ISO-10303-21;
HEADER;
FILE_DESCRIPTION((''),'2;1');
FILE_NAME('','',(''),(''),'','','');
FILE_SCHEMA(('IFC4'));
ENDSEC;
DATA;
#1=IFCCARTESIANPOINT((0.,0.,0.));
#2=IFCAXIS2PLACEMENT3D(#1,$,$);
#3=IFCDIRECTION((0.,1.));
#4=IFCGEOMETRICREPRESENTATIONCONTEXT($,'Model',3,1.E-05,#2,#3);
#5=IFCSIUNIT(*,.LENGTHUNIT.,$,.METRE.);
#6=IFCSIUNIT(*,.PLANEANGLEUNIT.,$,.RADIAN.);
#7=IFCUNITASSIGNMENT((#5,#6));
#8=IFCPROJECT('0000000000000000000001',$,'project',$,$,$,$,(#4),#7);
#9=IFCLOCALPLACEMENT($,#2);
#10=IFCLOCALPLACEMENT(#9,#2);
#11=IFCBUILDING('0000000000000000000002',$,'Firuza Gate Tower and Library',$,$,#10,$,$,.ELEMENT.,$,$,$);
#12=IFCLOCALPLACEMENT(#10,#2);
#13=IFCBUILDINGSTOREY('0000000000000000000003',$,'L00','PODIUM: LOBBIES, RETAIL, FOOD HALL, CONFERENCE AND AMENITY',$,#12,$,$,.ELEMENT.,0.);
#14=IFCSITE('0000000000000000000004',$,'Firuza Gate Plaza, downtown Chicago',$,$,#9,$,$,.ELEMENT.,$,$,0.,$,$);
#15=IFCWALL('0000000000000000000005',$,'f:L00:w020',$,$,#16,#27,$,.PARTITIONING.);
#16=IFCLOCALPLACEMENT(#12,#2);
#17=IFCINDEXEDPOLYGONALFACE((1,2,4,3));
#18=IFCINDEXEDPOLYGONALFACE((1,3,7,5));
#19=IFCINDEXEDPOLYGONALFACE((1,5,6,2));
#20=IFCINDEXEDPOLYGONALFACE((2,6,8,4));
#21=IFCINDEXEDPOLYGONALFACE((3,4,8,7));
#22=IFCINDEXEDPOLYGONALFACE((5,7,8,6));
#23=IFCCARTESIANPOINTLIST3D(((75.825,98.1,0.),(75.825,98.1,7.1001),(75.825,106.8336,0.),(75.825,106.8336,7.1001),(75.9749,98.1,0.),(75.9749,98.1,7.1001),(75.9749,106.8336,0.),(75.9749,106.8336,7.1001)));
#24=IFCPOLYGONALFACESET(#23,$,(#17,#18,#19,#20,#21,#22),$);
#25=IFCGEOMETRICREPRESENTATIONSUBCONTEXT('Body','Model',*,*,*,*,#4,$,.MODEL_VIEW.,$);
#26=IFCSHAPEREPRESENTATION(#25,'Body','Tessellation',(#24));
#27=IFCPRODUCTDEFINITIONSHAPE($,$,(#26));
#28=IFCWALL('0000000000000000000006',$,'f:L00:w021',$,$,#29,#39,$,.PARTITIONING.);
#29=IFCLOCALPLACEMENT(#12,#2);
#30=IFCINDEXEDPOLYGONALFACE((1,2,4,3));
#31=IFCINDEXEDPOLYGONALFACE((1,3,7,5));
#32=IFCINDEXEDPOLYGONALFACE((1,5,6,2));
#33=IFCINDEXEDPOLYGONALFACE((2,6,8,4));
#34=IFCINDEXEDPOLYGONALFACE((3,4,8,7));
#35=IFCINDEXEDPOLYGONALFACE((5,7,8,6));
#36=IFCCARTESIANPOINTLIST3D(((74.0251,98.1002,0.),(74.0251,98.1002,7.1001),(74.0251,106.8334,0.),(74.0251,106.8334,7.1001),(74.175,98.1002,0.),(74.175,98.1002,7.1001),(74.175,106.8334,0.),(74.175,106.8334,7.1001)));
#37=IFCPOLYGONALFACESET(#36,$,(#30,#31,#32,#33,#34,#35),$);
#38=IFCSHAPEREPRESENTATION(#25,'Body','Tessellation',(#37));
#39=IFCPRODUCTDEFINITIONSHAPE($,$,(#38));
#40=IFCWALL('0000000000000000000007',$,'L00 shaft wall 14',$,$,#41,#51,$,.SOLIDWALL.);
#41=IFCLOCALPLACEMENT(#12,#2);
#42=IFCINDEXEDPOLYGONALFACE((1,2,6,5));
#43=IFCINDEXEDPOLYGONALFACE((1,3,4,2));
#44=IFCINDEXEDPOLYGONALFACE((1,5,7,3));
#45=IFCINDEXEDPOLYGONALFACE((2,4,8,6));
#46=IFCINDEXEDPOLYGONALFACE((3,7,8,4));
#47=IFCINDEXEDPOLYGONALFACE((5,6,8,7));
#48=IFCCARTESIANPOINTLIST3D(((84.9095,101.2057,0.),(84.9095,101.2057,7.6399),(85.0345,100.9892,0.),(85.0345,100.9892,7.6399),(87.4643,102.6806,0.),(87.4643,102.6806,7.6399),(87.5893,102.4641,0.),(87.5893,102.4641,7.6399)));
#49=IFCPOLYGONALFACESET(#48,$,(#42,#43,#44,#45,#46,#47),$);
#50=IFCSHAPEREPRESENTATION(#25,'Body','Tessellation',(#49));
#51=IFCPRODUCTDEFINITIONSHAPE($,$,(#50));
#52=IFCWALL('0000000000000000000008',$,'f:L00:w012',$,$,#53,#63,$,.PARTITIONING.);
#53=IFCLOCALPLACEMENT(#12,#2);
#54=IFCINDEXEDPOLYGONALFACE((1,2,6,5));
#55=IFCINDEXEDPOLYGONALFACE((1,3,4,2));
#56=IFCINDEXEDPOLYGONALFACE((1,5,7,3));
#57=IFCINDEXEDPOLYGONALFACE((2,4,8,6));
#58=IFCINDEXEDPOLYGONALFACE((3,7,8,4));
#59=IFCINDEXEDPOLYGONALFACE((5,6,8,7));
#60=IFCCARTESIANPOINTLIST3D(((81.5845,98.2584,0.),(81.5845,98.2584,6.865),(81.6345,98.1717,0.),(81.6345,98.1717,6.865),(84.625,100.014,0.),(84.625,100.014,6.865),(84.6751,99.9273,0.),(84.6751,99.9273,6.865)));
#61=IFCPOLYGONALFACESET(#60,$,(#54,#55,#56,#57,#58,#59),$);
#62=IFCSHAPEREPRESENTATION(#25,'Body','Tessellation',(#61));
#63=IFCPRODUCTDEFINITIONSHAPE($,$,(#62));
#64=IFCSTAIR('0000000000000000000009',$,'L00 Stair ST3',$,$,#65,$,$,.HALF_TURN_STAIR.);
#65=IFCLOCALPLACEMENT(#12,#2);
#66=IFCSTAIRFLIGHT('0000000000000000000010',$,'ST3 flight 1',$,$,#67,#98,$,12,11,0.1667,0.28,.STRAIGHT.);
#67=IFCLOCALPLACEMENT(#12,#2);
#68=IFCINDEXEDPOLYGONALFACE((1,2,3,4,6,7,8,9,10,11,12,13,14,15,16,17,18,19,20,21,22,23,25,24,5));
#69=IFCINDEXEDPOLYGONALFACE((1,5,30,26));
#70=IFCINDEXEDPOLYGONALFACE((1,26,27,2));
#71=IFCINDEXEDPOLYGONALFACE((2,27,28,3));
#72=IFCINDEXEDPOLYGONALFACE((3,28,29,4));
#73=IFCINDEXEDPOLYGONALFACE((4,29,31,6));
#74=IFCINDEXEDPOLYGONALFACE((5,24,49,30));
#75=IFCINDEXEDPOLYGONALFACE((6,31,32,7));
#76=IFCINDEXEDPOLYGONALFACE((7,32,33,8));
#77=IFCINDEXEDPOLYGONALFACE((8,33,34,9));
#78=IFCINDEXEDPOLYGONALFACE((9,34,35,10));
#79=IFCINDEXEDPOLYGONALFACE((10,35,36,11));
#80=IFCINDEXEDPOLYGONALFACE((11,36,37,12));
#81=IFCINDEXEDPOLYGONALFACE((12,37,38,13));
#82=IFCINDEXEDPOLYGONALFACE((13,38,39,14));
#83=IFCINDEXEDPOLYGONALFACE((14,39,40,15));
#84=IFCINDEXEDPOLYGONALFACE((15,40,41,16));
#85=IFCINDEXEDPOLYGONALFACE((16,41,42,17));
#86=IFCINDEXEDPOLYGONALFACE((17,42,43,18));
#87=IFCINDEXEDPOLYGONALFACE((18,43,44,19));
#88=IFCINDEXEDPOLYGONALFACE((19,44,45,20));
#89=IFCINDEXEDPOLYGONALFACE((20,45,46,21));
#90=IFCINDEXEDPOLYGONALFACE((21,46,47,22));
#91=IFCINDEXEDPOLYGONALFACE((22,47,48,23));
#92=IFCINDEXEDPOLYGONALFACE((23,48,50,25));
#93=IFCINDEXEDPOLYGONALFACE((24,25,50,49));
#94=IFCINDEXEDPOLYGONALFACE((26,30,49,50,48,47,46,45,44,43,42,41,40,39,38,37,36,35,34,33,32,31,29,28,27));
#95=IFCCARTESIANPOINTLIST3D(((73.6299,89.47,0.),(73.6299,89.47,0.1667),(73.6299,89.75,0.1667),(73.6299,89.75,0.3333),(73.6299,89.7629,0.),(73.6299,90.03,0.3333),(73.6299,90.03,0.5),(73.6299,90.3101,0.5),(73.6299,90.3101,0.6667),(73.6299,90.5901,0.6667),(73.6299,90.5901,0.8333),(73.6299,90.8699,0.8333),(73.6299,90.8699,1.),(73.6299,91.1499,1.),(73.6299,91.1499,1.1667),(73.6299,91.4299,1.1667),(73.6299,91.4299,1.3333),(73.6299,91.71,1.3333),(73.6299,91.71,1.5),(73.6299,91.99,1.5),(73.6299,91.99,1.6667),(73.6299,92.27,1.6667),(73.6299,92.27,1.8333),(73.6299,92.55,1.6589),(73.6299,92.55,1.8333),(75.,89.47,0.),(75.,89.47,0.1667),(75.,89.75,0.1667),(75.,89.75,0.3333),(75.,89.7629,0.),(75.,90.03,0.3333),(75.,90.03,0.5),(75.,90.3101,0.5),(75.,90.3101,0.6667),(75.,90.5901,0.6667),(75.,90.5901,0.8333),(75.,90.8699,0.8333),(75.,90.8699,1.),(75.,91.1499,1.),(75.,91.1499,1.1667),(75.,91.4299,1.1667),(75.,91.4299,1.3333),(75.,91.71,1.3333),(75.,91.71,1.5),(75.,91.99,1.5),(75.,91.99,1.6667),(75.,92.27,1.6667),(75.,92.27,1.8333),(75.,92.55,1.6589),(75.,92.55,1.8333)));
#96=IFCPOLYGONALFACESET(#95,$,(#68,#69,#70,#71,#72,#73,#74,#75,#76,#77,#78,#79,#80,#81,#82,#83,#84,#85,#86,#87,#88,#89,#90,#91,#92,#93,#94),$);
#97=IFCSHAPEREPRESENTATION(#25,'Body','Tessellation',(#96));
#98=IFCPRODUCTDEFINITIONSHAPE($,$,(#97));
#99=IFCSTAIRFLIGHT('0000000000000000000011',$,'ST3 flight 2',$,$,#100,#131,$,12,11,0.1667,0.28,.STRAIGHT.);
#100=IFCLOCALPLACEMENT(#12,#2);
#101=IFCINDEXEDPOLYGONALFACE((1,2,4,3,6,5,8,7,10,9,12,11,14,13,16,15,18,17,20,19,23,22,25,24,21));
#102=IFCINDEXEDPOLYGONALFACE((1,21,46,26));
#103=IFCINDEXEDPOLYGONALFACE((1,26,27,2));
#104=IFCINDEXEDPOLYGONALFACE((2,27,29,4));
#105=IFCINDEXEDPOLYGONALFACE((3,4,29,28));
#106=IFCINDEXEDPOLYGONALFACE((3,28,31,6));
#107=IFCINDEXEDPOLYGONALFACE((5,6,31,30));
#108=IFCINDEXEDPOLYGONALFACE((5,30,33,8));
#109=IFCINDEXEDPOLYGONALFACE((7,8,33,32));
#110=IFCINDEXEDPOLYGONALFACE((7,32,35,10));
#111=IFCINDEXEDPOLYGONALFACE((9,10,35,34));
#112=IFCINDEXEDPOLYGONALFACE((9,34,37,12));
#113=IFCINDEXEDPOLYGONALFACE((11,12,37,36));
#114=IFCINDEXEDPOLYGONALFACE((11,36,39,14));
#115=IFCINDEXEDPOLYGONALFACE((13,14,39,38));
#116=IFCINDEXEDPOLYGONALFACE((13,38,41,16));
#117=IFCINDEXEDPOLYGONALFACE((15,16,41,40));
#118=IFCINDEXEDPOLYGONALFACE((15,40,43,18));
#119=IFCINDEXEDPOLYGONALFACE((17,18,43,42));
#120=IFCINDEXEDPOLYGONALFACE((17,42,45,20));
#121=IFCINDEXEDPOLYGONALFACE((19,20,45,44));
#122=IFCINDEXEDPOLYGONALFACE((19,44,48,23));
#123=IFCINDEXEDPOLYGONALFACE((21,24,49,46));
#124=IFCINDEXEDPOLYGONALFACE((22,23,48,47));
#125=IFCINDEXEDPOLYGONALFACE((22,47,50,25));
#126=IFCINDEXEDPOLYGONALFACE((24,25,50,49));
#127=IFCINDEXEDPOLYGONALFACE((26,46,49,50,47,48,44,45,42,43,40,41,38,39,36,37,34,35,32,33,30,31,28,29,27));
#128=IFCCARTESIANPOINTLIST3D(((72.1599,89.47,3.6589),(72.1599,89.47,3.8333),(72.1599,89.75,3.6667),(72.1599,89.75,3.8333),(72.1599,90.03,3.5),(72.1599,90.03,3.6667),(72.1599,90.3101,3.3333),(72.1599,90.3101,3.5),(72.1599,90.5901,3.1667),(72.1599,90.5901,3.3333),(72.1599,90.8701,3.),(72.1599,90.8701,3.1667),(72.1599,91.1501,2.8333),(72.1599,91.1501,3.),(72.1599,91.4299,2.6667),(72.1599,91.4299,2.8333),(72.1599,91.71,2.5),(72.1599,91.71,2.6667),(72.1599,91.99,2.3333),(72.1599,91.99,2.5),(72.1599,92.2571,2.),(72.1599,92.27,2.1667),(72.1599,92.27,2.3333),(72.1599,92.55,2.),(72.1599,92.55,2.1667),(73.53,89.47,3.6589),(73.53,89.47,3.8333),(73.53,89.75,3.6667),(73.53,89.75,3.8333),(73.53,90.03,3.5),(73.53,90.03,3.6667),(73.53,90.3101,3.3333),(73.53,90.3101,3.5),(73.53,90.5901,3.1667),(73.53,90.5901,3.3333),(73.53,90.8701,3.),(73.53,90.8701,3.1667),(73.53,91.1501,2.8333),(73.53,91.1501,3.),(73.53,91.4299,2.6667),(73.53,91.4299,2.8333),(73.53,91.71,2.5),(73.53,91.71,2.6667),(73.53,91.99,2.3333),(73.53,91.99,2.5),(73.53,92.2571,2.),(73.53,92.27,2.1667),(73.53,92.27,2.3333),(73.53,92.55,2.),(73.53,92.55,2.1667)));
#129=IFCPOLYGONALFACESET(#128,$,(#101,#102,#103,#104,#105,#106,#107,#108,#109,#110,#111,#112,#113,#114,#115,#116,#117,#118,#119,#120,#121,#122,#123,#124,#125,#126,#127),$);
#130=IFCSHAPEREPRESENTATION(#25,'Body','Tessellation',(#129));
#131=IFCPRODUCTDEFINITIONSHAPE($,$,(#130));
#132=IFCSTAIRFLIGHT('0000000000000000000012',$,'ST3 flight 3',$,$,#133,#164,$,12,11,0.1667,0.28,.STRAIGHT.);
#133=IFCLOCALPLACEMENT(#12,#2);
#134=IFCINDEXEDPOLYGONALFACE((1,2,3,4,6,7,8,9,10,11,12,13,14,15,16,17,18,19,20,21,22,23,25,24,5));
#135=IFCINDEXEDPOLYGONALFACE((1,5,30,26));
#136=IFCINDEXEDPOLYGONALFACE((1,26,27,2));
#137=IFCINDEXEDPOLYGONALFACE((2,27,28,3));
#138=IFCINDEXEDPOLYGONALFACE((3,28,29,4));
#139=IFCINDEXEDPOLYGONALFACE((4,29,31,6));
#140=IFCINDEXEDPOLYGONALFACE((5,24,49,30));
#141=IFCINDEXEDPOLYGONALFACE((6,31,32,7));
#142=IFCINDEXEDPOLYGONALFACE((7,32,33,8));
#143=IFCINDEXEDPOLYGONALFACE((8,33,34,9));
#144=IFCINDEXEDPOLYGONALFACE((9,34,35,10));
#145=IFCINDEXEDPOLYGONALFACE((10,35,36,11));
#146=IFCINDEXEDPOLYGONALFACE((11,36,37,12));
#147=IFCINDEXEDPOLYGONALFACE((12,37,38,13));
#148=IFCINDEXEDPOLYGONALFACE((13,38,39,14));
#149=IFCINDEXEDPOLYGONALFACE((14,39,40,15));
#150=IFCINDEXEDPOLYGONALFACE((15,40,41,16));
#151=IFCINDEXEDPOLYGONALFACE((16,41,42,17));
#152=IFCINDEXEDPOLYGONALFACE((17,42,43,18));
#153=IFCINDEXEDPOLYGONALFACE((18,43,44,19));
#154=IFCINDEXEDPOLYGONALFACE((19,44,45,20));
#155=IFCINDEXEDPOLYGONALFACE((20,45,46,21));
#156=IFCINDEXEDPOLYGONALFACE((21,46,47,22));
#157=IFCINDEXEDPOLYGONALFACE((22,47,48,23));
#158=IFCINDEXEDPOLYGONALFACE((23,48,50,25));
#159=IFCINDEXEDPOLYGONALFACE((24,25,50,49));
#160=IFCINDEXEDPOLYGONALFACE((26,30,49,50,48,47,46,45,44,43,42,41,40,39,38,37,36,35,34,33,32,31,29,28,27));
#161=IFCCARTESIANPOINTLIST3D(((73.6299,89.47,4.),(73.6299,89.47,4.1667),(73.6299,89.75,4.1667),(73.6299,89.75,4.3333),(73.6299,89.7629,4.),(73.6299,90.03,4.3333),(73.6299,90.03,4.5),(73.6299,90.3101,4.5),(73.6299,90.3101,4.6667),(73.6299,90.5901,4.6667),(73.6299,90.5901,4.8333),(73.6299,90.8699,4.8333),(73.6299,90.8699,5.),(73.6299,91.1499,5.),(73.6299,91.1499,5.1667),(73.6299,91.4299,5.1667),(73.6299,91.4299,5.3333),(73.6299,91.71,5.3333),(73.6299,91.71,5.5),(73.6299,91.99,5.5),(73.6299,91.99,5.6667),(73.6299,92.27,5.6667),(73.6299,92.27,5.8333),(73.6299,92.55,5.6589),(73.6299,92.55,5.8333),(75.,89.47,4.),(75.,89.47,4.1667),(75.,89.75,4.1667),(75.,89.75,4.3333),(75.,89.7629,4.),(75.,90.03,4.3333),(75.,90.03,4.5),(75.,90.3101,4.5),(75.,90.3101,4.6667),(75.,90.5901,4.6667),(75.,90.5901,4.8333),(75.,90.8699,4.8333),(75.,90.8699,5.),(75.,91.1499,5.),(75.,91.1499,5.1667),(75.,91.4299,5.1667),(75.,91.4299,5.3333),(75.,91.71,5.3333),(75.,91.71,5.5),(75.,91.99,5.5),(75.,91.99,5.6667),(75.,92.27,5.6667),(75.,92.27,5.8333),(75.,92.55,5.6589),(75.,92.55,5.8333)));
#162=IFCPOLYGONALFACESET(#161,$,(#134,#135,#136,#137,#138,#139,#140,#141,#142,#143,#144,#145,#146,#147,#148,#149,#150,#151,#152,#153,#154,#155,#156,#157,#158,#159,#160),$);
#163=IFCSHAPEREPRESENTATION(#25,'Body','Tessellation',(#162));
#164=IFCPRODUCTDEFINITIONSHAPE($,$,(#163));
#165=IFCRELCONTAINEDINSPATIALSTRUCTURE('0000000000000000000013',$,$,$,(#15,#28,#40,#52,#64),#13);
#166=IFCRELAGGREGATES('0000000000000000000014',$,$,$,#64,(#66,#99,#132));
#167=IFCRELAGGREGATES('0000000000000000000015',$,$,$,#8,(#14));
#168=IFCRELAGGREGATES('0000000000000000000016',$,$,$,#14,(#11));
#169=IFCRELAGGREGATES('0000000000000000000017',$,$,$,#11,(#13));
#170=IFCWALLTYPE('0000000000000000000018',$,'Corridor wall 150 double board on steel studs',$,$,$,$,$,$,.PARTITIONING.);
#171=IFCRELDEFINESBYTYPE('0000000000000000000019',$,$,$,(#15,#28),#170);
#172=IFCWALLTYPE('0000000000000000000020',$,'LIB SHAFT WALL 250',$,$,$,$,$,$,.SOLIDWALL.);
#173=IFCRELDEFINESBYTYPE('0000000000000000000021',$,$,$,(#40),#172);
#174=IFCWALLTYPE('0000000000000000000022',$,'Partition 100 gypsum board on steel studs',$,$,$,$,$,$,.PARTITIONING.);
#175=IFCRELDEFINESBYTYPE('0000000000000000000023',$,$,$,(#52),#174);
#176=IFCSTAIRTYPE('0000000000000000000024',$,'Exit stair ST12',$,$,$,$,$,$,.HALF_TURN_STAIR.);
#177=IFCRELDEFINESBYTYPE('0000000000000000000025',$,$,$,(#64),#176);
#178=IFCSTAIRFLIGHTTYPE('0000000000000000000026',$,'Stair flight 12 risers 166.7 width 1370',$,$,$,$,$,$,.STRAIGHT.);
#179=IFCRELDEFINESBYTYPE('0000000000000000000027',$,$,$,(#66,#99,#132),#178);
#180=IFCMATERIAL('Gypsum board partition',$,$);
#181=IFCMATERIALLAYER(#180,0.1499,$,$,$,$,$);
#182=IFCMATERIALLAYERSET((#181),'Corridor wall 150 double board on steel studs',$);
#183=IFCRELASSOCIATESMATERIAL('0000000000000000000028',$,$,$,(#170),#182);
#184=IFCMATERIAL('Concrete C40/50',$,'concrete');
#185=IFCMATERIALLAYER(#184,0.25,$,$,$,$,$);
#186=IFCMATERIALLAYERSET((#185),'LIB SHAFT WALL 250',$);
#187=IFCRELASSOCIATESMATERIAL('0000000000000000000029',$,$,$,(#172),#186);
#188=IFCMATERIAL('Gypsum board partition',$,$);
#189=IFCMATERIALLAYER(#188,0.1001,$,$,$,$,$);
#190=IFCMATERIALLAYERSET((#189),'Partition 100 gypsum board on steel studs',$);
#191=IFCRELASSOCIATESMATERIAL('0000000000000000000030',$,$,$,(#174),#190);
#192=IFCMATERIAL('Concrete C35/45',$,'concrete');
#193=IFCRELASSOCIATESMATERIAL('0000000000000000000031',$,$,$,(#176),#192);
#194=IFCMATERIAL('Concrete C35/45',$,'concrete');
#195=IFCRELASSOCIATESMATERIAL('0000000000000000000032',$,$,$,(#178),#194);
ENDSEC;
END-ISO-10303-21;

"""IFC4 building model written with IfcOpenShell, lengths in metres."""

from ifc_helpers import new_model, si_unit, direction, frame, frame_2d, origin, place, context, subcontext, project, spatial, polyline, rectangle, outline, extrude, material, layer, layer_set, type_object, element, aggregate, save


model = new_model("IFC4")

# Units and contexts
model_context = context("Model", 3, precision=1e-05, world=origin(), true_north=direction((0.0, 1.0)))
body_context = subcontext(model_context, "Body", "Model", "MODEL_VIEW")
ifc_project = project(units=[si_unit("LENGTHUNIT", "METRE"), si_unit("PLANEANGLEUNIT", "RADIAN")], contexts=[model_context])

# Site, building, storey
site_placement = place(None, origin())
site = spatial("IfcSite", under=ifc_project, at=site_placement, Name="Firuza Gate Plaza, downtown Chicago", CompositionType="ELEMENT", RefElevation=0.0)
building_placement = place(site_placement, origin())
building = spatial("IfcBuilding", under=site, at=building_placement, Name="Firuza Gate Tower and Library", CompositionType="ELEMENT")
storey_placement = place(building_placement, origin())
storey = spatial("IfcBuildingStorey", under=building, at=storey_placement, Name="L00", Description="PODIUM: LOBBIES, RETAIL, FOOD HALL, CONFERENCE AND AMENITY", CompositionType="ELEMENT", Elevation=0.0)

# Shared definitions
ifc_material_1 = material(Name="Gypsum board partition")
ifc_layer_1 = layer(ifc_material_1, 0.1499)
ifc_layer_set_1 = layer_set([ifc_layer_1], Name="Corridor wall 150 double board on steel studs")
wall_type_1 = type_object("IfcWallType", Name="Corridor wall 150 double board on steel studs", PredefinedType="PARTITIONING", material=ifc_layer_set_1)

# Walls
wall_1_placement = place(storey_placement, frame((75.8999, 98.1001, 0.0), z_axis=(0.0, 0.0, 1.0), x_axis=(0.0, 1.0, 0.0)))
element("IfcWall", 1, at=wall_1_placement, inside=storey, type_object=wall_type_1, Name="f:L00:w020", PredefinedType="PARTITIONING", context=body_context, shape_type="SweptSolid", body=[
    extrude(rectangle(XDim=8.7336, YDim=0.1499, at=frame_2d((4.3667, 0.0))), origin(), (0.0, 0.0, 1.0), 7.1001),
])
wall_2_placement = place(storey_placement, frame((74.1001, 98.1001, 0.0), z_axis=(0.0, 0.0, 1.0), x_axis=(0.0, 1.0, 0.0)))
element("IfcWall", 2, at=wall_2_placement, inside=storey, type_object=wall_type_1, Name="f:L00:w021", PredefinedType="PARTITIONING", context=body_context, shape_type="SweptSolid", body=[
    extrude(rectangle(XDim=8.7332, YDim=0.1499, at=frame_2d((4.3667, 0.0))), origin(), (0.0, 0.0, 1.0), 7.1001),
])
ifc_material_2 = material(Name="Concrete C40/50", Category="concrete")
ifc_layer_2 = layer(ifc_material_2, 0.25)
ifc_layer_set_2 = layer_set([ifc_layer_2], Name="LIB SHAFT WALL 250")
wall_type_2 = type_object("IfcWallType", Name="LIB SHAFT WALL 250", PredefinedType="SOLIDWALL", material=ifc_layer_set_2)
wall_3_placement = place(storey_placement, frame((84.9719, 101.0974, 0.0), z_axis=(0.0, 0.0, 1.0), x_axis=(0.866039, 0.499976, 0.0)))
element("IfcWall", 3, at=wall_3_placement, inside=storey, type_object=wall_type_2, Name="L00 shaft wall 14", PredefinedType="SOLIDWALL", context=body_context, shape_type="SweptSolid", body=[
    extrude(rectangle(XDim=2.95, YDim=0.25, at=frame_2d((1.4751, 0.0))), origin(), (0.0, 0.0, 1.0), 7.6399),
])
ifc_material_3 = material(Name="Gypsum board partition")
ifc_layer_3 = layer(ifc_material_3, 0.1001)
ifc_layer_set_3 = layer_set([ifc_layer_3], Name="Partition 100 gypsum board on steel studs")
wall_type_3 = type_object("IfcWallType", Name="Partition 100 gypsum board on steel studs", PredefinedType="PARTITIONING", material=ifc_layer_set_3)
wall_4_placement = place(storey_placement, frame((81.6096, 98.2151, 0.0), z_axis=(0.0, 0.0, 1.0), x_axis=(0.866005, 0.500035, 0.0)))
element("IfcWall", 4, at=wall_4_placement, inside=storey, type_object=wall_type_3, Name="f:L00:w012", PredefinedType="PARTITIONING", context=body_context, shape_type="SweptSolid", body=[
    extrude(rectangle(XDim=3.511, YDim=0.1001, at=frame_2d((1.7554, 0.0))), origin(), (0.0, 0.0, 1.0), 6.865),
])

# Stair, stair flights
ifc_material_4 = material(Name="Concrete C35/45", Category="concrete")
stair_type = type_object("IfcStairType", Name="Exit stair ST12", PredefinedType="HALF_TURN_STAIR", material=ifc_material_4)
stair_placement = place(storey_placement, origin())
stair = element("IfcStair", 5, at=stair_placement, inside=storey, type_object=stair_type, Name="L00 Stair ST3", PredefinedType="HALF_TURN_STAIR")
ifc_material_5 = material(Name="Concrete C35/45", Category="concrete")
stair_flight_type = type_object("IfcStairFlightType", Name="Stair flight 12 risers 166.7 width 1370", PredefinedType="STRAIGHT", material=ifc_material_5)
stair_flight_1_placement = place(storey_placement, frame((74.3149, 89.47, 0.0), z_axis=(0.0, 0.0, 1.0), x_axis=(0.0, 1.0, 0.0)))
stair_flight_1 = element("IfcStairFlight", 6, at=stair_flight_1_placement, type_object=stair_flight_type, Name="ST3 flight 1", NumberOfRisers=12, NumberOfTreads=11, PredefinedType="STRAIGHT", RiserHeight=0.1667, TreadLength=0.28, context=body_context, shape_type="SweptSolid", body=[
    extrude(outline(polyline([(0.0, 0.0), (0.0, 0.1667), (0.28, 0.1667), (0.28, 0.3333), (0.5601, 0.3333), (0.5601, 0.5), (0.8401, 0.5), (0.8401, 0.6667), (1.1201, 0.6667), (1.1201, 0.8333), (1.3999, 0.8333), (1.3999, 1.0), (1.6799, 1.0), (1.6799, 1.1667), (1.96, 1.1667), (1.96, 1.3333), (2.24, 1.3333), (2.24, 1.5), (2.52, 1.5), (2.52, 1.6667), (2.8, 1.6667), (2.8, 1.8333), (3.0801, 1.8333), (3.0801, 2.0), (3.0801, 1.6589), (0.293, 0.0), (0.0, 0.0)])), frame((0.0, 0.6851, 0.0), z_axis=(0.0, -1.0, 0.0), x_axis=(1.0, 0.0, 0.0)), (0.0, 0.0, 1.0), 1.3701),
])
stair_flight_2_placement = place(storey_placement, frame((72.845, 92.55, 2.0), z_axis=(0.0, 0.0, 1.0), x_axis=(0.0, -1.0, 0.0)))
stair_flight_2 = element("IfcStairFlight", 7, at=stair_flight_2_placement, type_object=stair_flight_type, Name="ST3 flight 2", NumberOfRisers=12, NumberOfTreads=11, PredefinedType="STRAIGHT", RiserHeight=0.1667, TreadLength=0.28, context=body_context, shape_type="SweptSolid", body=[
    extrude(outline(polyline([(0.0, 0.0), (0.0, 0.1667), (0.28, 0.1667), (0.28, 0.3333), (0.5601, 0.3333), (0.5601, 0.5), (0.8401, 0.5), (0.8401, 0.6667), (1.1201, 0.6667), (1.1201, 0.8333), (1.3999, 0.8333), (1.3999, 1.0), (1.6799, 1.0), (1.6799, 1.1667), (1.96, 1.1667), (1.96, 1.3333), (2.24, 1.3333), (2.24, 1.5), (2.52, 1.5), (2.52, 1.6667), (2.8, 1.6667), (2.8, 1.8333), (3.0801, 1.8333), (3.0801, 2.0), (3.0801, 1.6589), (0.293, 0.0), (0.0, 0.0)])), frame((0.0, 0.6851, 0.0), z_axis=(0.0, -1.0, 0.0), x_axis=(1.0, 0.0, 0.0)), (0.0, 0.0, 1.0), 1.3701),
])
stair_flight_3_placement = place(storey_placement, frame((74.3149, 89.47, 4.0), z_axis=(0.0, 0.0, 1.0), x_axis=(0.0, 1.0, 0.0)))
stair_flight_3 = element("IfcStairFlight", 8, at=stair_flight_3_placement, type_object=stair_flight_type, Name="ST3 flight 3", NumberOfRisers=12, NumberOfTreads=11, PredefinedType="STRAIGHT", RiserHeight=0.1667, TreadLength=0.28, context=body_context, shape_type="SweptSolid", body=[
    extrude(outline(polyline([(0.0, 0.0), (0.0, 0.1667), (0.28, 0.1667), (0.28, 0.3333), (0.5601, 0.3333), (0.5601, 0.5), (0.8401, 0.5), (0.8401, 0.6667), (1.1201, 0.6667), (1.1201, 0.8333), (1.3999, 0.8333), (1.3999, 1.0), (1.6799, 1.0), (1.6799, 1.1667), (1.96, 1.1667), (1.96, 1.3333), (2.24, 1.3333), (2.24, 1.5), (2.52, 1.5), (2.52, 1.6667), (2.8, 1.6667), (2.8, 1.8333), (3.0801, 1.8333), (3.0801, 2.0), (3.0801, 1.6589), (0.293, 0.0), (0.0, 0.0)])), frame((0.0, 0.6851, 0.0), z_axis=(0.0, -1.0, 0.0), x_axis=(1.0, 0.0, 0.0)), (0.0, 0.0, 1.0), 1.3701),
])
aggregate(stair, [stair_flight_1, stair_flight_2, stair_flight_3])

save(model, "model.ifc")
